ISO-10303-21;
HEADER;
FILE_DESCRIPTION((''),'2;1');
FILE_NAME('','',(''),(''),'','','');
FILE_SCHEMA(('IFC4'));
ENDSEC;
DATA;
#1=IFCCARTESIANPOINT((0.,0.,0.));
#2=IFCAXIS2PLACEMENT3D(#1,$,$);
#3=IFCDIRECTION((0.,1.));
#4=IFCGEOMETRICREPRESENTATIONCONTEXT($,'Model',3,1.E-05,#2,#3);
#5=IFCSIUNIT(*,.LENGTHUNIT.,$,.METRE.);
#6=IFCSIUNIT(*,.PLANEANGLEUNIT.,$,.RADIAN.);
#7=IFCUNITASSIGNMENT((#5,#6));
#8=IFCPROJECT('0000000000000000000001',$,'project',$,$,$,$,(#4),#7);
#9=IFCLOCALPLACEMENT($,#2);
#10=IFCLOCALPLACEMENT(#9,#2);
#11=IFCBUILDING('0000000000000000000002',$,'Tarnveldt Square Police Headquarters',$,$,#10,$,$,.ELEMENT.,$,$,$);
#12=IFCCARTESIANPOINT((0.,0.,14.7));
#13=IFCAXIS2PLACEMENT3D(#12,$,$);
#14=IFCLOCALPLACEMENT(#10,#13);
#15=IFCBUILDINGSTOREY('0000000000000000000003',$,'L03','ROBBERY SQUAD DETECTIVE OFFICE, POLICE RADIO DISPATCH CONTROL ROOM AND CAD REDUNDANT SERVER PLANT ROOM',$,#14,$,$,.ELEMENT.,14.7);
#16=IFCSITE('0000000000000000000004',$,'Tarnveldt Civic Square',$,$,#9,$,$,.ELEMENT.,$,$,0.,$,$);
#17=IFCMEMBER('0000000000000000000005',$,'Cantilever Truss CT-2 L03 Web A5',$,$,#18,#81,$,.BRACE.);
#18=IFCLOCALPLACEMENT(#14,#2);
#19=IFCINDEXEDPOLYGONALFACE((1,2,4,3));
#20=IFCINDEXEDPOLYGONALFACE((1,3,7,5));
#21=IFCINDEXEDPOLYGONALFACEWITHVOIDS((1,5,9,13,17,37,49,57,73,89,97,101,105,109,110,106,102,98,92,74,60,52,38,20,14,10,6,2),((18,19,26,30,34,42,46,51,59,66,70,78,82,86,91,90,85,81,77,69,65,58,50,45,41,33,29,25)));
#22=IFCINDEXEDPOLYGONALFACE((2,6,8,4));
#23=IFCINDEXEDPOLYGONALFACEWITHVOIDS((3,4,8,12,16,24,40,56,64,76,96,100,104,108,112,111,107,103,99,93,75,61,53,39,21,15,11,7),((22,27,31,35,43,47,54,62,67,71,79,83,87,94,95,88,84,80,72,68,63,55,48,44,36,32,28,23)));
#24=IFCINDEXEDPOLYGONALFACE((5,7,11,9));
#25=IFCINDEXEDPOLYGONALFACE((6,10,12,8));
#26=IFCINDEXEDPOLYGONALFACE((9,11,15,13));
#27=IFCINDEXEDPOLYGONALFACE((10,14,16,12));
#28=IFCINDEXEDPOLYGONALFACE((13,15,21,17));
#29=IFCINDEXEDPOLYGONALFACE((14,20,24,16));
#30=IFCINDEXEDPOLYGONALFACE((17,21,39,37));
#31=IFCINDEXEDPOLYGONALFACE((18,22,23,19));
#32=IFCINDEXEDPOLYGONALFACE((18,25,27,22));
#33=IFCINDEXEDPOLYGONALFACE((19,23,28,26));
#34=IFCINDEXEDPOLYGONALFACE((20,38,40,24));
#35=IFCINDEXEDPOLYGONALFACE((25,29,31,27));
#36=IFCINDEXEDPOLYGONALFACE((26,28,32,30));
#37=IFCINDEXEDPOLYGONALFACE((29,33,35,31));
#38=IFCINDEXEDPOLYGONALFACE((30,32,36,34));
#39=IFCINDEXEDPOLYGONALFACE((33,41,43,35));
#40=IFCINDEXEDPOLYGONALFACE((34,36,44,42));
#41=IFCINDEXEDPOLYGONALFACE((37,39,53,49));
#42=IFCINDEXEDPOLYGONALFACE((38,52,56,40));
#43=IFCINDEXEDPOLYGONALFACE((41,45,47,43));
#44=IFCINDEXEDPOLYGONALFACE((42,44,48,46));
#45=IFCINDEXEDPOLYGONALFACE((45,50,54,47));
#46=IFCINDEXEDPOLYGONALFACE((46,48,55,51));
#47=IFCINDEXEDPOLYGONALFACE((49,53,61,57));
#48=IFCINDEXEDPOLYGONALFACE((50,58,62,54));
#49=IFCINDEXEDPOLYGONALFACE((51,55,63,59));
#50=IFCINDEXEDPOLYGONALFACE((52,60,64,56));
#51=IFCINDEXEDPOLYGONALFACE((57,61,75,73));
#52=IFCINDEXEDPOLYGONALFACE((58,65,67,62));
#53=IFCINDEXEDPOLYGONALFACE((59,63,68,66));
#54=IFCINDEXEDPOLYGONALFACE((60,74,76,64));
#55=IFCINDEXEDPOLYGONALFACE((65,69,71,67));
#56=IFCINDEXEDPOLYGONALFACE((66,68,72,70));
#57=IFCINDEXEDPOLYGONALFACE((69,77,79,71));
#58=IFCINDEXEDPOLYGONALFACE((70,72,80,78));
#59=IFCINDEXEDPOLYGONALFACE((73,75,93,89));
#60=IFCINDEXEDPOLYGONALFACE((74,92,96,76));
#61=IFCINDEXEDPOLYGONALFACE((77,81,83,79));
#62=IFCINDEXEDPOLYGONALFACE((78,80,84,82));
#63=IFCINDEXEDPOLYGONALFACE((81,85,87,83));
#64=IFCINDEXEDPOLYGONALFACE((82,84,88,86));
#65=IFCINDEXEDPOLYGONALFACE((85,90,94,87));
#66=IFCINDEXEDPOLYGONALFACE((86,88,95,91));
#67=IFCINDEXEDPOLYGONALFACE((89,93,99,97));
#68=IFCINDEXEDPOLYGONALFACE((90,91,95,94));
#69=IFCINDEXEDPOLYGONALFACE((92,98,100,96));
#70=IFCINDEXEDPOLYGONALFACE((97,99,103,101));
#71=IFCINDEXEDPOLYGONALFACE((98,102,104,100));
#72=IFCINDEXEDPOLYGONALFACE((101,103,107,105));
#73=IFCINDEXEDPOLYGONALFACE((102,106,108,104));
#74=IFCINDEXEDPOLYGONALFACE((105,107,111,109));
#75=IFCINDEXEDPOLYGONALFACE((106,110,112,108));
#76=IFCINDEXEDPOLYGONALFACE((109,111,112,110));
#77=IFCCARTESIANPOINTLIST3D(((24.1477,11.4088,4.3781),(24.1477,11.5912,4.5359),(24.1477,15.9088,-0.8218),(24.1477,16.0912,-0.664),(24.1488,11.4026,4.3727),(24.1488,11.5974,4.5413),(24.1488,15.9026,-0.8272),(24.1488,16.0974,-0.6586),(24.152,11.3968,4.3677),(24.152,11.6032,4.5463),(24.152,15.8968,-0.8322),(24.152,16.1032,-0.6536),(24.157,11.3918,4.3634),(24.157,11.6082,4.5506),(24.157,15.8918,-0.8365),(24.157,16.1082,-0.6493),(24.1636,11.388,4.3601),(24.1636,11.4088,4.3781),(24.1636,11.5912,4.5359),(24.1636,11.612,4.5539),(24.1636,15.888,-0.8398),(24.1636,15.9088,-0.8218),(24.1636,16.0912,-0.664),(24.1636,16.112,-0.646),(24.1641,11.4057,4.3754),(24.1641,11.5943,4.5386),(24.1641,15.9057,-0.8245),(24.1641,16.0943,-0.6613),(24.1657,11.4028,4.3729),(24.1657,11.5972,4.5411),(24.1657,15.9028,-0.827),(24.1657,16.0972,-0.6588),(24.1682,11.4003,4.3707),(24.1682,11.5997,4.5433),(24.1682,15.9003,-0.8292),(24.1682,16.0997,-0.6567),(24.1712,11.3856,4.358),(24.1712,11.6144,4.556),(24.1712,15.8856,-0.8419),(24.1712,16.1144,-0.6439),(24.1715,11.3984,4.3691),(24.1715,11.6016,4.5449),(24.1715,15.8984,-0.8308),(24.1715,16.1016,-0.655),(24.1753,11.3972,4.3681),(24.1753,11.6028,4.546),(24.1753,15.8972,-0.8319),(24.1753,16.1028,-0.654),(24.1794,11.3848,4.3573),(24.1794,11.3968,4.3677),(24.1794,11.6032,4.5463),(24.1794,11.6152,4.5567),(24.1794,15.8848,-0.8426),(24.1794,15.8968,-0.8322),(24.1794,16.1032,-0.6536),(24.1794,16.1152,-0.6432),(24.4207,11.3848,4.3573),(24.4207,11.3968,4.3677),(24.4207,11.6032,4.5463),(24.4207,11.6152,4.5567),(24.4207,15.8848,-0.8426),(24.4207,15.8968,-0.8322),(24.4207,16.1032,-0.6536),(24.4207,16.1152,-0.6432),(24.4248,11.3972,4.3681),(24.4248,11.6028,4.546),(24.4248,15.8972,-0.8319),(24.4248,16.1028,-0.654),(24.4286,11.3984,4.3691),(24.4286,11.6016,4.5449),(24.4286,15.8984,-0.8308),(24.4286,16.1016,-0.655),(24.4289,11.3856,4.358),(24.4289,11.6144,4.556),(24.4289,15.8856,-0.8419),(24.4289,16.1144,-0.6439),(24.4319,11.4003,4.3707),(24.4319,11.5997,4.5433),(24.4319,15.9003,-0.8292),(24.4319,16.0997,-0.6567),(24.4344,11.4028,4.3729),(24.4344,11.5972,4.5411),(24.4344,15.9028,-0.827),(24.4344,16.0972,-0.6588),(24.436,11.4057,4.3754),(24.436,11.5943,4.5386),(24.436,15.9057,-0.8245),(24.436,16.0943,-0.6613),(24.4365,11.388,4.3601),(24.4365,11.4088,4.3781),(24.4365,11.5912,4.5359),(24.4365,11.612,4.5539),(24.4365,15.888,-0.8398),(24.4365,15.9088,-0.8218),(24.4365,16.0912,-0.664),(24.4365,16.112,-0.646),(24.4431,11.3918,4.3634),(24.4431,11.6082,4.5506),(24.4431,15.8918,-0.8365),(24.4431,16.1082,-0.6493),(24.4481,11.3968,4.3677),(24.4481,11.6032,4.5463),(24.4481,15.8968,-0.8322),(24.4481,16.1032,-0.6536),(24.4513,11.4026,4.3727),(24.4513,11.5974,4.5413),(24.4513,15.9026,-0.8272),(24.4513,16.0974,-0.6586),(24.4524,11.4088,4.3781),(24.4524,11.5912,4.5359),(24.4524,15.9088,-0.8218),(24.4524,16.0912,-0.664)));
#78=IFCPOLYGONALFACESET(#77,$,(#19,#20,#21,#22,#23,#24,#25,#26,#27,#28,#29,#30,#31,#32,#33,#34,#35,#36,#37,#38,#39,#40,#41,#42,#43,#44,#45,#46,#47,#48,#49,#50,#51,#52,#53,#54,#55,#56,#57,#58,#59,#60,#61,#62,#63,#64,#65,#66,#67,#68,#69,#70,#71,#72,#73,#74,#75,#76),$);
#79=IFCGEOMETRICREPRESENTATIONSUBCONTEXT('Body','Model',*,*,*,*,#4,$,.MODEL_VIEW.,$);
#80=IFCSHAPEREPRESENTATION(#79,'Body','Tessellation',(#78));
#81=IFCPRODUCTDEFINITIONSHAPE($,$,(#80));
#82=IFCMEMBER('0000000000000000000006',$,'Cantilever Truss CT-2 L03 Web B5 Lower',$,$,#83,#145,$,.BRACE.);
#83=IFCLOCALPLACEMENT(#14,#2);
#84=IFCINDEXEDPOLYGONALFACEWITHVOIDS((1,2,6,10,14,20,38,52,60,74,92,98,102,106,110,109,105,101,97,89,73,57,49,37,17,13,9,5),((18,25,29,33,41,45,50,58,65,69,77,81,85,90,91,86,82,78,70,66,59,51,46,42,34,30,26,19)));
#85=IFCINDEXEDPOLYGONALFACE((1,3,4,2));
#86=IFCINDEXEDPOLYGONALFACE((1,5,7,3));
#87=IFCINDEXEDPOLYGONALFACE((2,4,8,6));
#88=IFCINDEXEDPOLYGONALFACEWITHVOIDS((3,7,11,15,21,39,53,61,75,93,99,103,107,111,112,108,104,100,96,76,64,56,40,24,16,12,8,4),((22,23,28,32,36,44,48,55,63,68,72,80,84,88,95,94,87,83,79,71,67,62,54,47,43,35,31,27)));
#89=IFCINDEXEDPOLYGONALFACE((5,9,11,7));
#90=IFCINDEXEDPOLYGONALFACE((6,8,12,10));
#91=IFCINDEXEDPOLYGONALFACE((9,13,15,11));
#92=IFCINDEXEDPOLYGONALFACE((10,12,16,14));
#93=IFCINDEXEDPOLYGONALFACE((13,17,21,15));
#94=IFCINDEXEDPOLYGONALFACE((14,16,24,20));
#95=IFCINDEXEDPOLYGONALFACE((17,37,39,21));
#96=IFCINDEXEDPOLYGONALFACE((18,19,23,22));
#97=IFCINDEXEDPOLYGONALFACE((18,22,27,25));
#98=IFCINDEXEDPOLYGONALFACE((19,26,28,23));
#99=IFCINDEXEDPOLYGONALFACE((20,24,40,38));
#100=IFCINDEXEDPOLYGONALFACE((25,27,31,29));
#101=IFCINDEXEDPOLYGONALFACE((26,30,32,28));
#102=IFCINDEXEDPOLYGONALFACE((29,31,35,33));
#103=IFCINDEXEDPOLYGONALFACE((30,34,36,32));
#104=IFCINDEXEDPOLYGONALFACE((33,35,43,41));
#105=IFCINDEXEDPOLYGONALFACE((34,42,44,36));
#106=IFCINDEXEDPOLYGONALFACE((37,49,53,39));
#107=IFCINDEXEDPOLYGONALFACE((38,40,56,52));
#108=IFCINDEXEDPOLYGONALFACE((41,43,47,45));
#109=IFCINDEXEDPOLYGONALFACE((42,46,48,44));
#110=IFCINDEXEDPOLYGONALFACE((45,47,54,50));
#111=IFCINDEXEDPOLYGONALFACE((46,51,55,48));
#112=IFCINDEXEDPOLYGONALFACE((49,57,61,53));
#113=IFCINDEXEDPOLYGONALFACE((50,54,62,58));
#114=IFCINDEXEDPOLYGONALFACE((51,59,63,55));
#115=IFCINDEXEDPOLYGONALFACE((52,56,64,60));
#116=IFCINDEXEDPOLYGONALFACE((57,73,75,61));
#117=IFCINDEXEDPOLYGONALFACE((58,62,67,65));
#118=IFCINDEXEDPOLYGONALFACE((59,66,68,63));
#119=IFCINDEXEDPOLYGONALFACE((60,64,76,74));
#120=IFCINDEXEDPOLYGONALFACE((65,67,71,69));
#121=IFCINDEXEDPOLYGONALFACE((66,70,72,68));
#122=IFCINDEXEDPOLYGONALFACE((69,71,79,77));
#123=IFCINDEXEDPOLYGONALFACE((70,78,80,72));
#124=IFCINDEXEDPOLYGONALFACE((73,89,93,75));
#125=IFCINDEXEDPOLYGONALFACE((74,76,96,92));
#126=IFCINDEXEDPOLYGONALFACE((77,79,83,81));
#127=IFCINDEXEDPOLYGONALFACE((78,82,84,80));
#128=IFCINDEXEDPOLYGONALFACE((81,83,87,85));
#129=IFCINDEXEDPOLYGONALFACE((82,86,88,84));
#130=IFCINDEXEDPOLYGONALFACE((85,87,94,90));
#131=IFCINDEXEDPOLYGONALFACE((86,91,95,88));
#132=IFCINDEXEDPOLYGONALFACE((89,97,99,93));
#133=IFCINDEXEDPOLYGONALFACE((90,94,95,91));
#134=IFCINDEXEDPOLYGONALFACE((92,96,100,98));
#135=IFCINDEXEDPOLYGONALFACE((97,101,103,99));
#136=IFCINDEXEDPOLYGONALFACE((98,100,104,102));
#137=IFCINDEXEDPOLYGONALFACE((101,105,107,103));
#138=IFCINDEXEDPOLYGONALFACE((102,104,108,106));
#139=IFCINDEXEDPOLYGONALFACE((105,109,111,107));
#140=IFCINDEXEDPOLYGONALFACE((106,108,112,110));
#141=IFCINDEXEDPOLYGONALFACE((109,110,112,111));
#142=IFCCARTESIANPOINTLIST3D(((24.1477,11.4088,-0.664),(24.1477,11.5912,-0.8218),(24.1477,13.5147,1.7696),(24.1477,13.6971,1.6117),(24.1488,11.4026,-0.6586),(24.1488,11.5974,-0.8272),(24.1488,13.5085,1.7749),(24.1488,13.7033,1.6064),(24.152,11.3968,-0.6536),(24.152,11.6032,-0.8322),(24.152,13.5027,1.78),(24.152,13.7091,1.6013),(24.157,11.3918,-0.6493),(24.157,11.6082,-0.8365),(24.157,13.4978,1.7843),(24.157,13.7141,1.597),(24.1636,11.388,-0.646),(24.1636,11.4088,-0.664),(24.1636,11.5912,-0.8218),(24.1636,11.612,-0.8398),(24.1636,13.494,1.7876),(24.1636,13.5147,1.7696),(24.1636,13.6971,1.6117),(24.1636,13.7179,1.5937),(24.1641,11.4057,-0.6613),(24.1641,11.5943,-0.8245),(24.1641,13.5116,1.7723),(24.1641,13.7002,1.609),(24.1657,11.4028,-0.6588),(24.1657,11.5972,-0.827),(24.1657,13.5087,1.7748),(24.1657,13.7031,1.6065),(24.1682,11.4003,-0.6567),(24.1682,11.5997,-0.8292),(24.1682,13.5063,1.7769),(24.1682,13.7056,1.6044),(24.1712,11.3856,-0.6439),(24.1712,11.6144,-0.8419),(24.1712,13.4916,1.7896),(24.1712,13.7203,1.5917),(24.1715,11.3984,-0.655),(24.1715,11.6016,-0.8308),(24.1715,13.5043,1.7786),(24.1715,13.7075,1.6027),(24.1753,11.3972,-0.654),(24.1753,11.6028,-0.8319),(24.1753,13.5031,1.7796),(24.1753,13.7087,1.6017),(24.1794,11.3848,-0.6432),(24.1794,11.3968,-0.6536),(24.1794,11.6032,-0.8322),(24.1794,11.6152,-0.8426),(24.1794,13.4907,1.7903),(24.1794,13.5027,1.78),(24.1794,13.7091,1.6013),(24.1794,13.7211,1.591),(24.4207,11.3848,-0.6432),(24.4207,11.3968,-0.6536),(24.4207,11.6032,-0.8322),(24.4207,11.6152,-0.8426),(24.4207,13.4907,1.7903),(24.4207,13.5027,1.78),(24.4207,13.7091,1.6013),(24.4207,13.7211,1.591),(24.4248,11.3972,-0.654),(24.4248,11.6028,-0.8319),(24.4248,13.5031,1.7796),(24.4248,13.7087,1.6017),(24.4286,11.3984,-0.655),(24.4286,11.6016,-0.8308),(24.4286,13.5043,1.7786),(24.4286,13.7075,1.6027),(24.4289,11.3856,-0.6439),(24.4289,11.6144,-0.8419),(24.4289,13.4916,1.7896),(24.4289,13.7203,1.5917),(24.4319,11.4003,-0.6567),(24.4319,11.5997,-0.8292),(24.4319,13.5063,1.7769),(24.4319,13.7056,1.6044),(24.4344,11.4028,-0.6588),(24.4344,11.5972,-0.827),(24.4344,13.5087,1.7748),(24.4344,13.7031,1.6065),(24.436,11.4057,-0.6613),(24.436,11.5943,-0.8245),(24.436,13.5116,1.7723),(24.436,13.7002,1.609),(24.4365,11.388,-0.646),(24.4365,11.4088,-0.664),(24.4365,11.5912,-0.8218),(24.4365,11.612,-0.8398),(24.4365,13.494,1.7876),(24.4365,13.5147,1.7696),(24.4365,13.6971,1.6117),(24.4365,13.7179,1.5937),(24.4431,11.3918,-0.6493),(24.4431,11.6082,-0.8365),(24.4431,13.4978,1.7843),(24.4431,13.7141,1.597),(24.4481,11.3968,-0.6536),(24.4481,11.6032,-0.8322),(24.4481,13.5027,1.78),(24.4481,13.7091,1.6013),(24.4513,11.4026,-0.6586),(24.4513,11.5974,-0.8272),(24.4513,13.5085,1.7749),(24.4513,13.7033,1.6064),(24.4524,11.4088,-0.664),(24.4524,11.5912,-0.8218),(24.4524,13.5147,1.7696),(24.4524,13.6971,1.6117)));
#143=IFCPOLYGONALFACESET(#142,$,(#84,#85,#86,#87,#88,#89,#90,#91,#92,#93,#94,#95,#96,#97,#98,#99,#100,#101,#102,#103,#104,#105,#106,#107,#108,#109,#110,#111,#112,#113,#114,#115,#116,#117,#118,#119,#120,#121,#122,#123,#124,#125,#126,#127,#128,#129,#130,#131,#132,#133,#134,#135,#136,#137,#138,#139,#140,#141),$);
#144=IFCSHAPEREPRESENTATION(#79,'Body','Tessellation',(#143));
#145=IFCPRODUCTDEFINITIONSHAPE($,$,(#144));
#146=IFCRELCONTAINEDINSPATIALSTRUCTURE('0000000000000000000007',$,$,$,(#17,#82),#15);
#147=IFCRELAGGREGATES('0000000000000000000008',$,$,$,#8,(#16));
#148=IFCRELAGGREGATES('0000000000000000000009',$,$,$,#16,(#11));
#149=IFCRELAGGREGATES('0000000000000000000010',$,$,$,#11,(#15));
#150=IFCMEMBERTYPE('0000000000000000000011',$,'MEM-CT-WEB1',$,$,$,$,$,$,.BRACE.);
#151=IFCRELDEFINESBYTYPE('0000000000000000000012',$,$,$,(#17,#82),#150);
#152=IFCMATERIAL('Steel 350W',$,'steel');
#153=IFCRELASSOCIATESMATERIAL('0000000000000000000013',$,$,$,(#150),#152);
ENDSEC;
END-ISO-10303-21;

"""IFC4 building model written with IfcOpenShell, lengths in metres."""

from ifc_helpers import new_model, si_unit, direction, frame, origin, origin_2d, place, context, subcontext, project, spatial, hollow_rectangle, extrude, material, material_profile, profile_set, type_object, element, save


model = new_model("IFC4")

# Units and contexts
model_context = context("Model", 3, precision=1e-05, world=origin(), true_north=direction((0.0, 1.0)))
body_context = subcontext(model_context, "Body", "Model", "MODEL_VIEW")
ifc_project = project(units=[si_unit("LENGTHUNIT", "METRE"), si_unit("PLANEANGLEUNIT", "RADIAN")], contexts=[model_context])

# Site, building, storey
site_placement = place(None, origin())
site = spatial("IfcSite", under=ifc_project, at=site_placement, Name="Tarnveldt Civic Square", CompositionType="ELEMENT", RefElevation=0.0)
building_placement = place(site_placement, origin())
building = spatial("IfcBuilding", under=site, at=building_placement, Name="Tarnveldt Square Police Headquarters", CompositionType="ELEMENT")
storey_placement = place(building_placement, frame((0.0, 0.0, 14.7)))
storey = spatial("IfcBuildingStorey", under=building, at=storey_placement, Name="L03", Description="ROBBERY SQUAD DETECTIVE OFFICE, POLICE RADIO DISPATCH CONTROL ROOM AND CAD REDUNDANT SERVER PLANT ROOM", CompositionType="ELEMENT", Elevation=14.7)

# Shared definitions
ifc_material_1 = material(Name="Steel 350W", Category="steel")

# Members
ifc_material_profile_1 = material_profile(ifc_material_1, hollow_rectangle(XDim=0.3047, YDim=0.3047, WallThickness=0.0159, InnerFilletRadius=0.0159, OuterFilletRadius=0.0317, at=origin_2d()), Name="HSS305x305x16")
ifc_profile_set_1 = profile_set([ifc_material_profile_1], Name="Steel 350W")
member_type_1 = type_object("IfcMemberType", Name="MEM-CT-WEB1", PredefinedType="BRACE", material=ifc_profile_set_1)
member_1_placement = place(storey_placement, frame((24.3, 16.0, -0.7429), z_axis=(0.0, -0.65438, 0.756166), x_axis=(1.0, 0.0, 0.0)))
element("IfcMember", 1, at=member_1_placement, inside=storey, type_object=member_type_1, Name="Cantilever Truss CT-2 L03 Web A5", PredefinedType="BRACE", context=body_context, shape_type="SweptSolid", body=[
    extrude(hollow_rectangle(XDim=0.3047, YDim=0.3047, WallThickness=0.0159, InnerFilletRadius=0.0159, OuterFilletRadius=0.0317, at=origin_2d()), origin(), (0.0, 0.0, 1.0), 6.8767),
])
for number, where, z_axis, x_axis, name in (
    (2, (24.3, 11.5, -0.7429), (0.0, 0.65437, 0.756174), (-1.0, 0.0, 0.0), "Cantilever Truss CT-2 L03 Web B5 Lower"),
):
    element("IfcMember", number, at=place(storey_placement, frame(where, z_axis=z_axis, x_axis=x_axis)), inside=storey, type_object=member_type_1, Name=name, PredefinedType="BRACE", context=body_context, shape_type="SweptSolid", body=[
        extrude(hollow_rectangle(XDim=0.3047, YDim=0.3047, WallThickness=0.0159, InnerFilletRadius=0.0159, OuterFilletRadius=0.0317, at=origin_2d()), origin(), (0.0, 0.0, 1.0), 3.2183),
    ])

save(model, "model.ifc")
